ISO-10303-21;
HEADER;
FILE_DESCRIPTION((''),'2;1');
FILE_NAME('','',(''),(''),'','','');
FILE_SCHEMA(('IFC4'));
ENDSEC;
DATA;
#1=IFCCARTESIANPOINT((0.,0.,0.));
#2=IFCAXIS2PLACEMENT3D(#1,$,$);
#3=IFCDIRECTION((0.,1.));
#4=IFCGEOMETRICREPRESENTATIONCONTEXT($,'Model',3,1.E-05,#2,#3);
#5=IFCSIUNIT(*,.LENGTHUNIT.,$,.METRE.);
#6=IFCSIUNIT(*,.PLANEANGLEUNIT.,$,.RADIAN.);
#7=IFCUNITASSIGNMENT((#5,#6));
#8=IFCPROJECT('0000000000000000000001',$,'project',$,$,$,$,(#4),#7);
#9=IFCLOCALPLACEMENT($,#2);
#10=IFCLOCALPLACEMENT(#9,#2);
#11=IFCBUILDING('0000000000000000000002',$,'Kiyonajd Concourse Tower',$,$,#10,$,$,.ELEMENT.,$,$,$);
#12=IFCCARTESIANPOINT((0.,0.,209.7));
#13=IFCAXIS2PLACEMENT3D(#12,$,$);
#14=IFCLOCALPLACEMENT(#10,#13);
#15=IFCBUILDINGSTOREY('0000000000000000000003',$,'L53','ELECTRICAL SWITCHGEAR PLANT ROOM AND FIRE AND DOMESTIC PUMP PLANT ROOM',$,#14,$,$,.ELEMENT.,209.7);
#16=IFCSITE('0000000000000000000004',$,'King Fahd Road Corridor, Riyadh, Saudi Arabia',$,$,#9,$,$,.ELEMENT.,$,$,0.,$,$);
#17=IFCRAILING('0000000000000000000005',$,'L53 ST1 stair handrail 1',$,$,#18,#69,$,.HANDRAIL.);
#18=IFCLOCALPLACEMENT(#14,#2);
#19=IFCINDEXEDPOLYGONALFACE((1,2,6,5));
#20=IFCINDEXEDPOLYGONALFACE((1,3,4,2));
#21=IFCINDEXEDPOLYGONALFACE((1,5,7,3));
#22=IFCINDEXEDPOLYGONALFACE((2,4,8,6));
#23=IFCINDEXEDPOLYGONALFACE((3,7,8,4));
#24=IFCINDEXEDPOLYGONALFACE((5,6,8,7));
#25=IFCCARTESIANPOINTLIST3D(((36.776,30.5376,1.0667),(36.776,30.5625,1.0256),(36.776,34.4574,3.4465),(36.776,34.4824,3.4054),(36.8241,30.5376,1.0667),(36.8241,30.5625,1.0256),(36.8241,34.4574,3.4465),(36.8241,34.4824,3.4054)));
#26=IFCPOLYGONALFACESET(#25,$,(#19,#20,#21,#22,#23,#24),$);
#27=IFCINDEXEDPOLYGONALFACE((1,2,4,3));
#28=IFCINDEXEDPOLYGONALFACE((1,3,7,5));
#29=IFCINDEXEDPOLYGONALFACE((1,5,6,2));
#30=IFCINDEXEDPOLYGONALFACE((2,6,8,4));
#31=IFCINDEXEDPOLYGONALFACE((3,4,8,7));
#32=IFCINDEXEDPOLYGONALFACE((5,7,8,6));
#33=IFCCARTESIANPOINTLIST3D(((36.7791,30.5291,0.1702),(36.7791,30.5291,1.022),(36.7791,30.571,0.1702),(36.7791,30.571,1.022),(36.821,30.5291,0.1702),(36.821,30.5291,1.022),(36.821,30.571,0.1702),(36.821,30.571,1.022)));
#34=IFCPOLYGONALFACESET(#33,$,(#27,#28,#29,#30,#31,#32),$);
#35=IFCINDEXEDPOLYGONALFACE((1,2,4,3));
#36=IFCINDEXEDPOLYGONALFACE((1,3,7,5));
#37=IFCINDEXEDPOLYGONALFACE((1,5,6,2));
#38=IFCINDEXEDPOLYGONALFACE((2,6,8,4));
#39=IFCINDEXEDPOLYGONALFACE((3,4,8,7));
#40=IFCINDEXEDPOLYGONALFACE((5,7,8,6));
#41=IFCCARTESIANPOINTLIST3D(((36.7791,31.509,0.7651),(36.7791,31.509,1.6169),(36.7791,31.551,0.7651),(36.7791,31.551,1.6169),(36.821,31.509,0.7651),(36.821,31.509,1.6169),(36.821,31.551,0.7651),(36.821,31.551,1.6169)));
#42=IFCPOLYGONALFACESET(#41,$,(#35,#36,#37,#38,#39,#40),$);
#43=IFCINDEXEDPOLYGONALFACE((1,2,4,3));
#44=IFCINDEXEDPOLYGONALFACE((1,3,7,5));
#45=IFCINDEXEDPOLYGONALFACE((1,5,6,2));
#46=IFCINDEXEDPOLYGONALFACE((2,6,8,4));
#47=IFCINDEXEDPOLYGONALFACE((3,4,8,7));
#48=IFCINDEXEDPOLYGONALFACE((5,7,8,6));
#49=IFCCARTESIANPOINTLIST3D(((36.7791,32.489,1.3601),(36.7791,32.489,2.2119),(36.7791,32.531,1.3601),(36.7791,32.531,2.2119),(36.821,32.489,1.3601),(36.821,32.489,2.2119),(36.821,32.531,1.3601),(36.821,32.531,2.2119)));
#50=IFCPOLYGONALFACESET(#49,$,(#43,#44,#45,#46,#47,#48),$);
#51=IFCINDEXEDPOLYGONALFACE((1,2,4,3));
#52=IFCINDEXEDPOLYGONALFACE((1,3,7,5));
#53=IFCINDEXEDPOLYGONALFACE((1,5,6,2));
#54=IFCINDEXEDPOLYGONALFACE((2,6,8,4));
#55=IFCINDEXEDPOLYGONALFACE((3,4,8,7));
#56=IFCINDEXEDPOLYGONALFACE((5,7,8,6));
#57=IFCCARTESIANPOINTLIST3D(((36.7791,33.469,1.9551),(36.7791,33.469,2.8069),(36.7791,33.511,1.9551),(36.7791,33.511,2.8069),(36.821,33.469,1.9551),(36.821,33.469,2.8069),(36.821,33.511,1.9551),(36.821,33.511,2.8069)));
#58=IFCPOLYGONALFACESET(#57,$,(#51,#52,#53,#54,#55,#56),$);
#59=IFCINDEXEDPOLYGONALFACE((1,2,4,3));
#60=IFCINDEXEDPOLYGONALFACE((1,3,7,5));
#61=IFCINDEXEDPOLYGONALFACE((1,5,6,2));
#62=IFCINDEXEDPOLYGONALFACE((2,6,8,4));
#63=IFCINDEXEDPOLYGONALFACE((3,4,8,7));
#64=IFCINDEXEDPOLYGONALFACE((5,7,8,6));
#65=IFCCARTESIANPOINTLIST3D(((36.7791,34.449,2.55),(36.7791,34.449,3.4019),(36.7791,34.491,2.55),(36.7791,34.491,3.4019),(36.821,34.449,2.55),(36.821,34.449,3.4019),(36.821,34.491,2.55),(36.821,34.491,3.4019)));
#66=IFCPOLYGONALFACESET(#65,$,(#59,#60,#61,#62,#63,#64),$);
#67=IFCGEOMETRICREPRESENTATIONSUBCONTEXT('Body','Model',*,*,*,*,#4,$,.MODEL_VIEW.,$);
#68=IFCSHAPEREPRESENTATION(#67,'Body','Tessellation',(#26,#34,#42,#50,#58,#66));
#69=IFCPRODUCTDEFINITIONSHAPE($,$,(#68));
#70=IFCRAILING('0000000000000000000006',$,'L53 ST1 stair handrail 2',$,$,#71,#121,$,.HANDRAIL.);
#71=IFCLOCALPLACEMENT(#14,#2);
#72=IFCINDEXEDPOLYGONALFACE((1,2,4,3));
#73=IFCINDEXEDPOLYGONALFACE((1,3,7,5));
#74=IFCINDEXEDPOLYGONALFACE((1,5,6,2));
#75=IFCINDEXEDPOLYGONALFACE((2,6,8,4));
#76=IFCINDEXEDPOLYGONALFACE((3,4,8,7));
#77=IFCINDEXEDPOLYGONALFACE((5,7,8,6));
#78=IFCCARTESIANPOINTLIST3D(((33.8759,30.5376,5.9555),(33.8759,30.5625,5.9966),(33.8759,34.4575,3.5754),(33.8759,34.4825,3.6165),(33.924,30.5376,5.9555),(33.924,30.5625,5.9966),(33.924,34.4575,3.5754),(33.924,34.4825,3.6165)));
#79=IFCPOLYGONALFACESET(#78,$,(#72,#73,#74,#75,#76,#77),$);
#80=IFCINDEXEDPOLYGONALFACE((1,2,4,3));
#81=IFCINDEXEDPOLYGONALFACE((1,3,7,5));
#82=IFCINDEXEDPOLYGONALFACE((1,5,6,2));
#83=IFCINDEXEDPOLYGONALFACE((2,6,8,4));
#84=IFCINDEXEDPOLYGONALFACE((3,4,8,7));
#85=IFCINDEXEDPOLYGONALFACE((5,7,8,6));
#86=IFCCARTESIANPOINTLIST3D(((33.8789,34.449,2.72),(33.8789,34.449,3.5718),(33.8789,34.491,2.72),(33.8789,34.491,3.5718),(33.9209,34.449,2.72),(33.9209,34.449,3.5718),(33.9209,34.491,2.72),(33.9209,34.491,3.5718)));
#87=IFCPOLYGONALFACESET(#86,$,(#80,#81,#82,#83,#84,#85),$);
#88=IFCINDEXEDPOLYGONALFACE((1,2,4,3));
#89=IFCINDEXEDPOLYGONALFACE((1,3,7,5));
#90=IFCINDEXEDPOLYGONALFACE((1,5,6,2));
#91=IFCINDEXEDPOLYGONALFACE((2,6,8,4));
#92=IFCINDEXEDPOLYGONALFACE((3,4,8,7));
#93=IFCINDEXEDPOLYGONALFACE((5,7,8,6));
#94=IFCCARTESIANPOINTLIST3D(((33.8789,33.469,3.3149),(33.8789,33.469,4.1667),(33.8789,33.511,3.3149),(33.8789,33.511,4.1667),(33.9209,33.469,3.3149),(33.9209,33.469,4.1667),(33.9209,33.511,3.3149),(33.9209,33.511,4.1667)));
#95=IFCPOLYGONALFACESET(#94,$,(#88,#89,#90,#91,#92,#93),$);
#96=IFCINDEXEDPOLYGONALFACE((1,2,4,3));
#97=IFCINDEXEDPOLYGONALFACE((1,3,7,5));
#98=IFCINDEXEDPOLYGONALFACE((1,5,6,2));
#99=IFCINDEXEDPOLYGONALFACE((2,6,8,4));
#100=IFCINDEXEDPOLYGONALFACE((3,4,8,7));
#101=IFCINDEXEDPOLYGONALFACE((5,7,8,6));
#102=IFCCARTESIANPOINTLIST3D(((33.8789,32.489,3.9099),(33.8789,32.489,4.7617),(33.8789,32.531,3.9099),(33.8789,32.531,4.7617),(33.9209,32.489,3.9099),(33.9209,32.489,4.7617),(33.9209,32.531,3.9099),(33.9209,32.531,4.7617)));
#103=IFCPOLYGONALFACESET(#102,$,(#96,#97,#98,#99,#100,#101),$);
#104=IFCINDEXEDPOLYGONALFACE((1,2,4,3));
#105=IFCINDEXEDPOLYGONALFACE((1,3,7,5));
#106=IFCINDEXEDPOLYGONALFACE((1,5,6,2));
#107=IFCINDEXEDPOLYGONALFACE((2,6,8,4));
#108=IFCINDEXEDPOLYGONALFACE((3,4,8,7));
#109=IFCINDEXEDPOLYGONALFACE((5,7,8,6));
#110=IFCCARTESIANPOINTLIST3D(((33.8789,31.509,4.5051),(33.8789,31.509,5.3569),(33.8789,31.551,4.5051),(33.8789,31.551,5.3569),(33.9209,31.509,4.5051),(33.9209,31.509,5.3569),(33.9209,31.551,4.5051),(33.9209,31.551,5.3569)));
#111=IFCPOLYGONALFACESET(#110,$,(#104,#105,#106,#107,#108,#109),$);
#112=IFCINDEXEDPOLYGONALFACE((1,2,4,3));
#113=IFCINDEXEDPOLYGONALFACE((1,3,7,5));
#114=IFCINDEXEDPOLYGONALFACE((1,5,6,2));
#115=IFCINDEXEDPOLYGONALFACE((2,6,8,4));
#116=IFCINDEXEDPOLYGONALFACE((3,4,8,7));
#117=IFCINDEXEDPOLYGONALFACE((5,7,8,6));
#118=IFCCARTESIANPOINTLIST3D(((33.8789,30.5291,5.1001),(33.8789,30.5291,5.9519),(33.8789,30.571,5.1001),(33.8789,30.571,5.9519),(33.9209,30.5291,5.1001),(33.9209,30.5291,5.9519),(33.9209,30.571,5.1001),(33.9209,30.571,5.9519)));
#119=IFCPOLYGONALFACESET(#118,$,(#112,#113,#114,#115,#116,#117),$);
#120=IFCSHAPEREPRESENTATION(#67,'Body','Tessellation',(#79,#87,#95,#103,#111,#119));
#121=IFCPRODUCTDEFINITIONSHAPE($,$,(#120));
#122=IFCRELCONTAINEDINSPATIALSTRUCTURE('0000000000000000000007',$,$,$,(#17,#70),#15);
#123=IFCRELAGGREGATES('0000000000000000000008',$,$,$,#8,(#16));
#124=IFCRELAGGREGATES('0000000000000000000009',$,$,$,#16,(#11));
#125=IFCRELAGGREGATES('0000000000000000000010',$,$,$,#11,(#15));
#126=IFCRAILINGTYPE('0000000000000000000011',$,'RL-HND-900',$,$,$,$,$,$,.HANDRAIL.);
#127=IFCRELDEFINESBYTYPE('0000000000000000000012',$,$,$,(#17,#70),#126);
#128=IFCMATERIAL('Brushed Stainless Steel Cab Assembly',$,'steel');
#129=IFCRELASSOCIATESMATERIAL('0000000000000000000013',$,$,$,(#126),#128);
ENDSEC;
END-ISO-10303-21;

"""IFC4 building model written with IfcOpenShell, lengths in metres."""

from ifc_helpers import new_model, si_unit, direction, frame, origin, origin_2d, place, context, subcontext, project, spatial, rectangle, extrude, material, type_object, element, save


model = new_model("IFC4")

# Units and contexts
model_context = context("Model", 3, precision=1e-05, world=origin(), true_north=direction((0.0, 1.0)))
body_context = subcontext(model_context, "Body", "Model", "MODEL_VIEW")
ifc_project = project(units=[si_unit("LENGTHUNIT", "METRE"), si_unit("PLANEANGLEUNIT", "RADIAN")], contexts=[model_context])

# Site, building, storey
site_placement = place(None, origin())
site = spatial("IfcSite", under=ifc_project, at=site_placement, Name="King Fahd Road Corridor, Riyadh, Saudi Arabia", CompositionType="ELEMENT", RefElevation=0.0)
building_placement = place(site_placement, origin())
building = spatial("IfcBuilding", under=site, at=building_placement, Name="Kiyonajd Concourse Tower", CompositionType="ELEMENT")
storey_placement = place(building_placement, frame((0.0, 0.0, 209.7)))
storey = spatial("IfcBuildingStorey", under=building, at=storey_placement, Name="L53", Description="ELECTRICAL SWITCHGEAR PLANT ROOM AND FIRE AND DOMESTIC PUMP PLANT ROOM", CompositionType="ELEMENT", Elevation=209.7)

# Shared definitions
ifc_material_1 = material(Name="Brushed Stainless Steel Cab Assembly", Category="steel")

# Railings
railing_type_1 = type_object("IfcRailingType", Name="RL-HND-900", PredefinedType="HANDRAIL", material=ifc_material_1)
railing_1_placement = place(storey_placement, frame((36.8, 30.55, 0.1702)))
element("IfcRailing", 1, at=railing_1_placement, inside=storey, type_object=railing_type_1, Name="L53 ST1 stair handrail 1", PredefinedType="HANDRAIL", context=body_context, shape_type="SweptSolid", body=[
    extrude(rectangle(XDim=0.0481, YDim=0.0481, at=origin_2d()), frame((0.0, 0.0, 0.876), z_axis=(0.0, 0.854794, 0.518967), x_axis=(-1.0, 0.0, 0.0)), (0.0, 0.0, 1.0), 4.5857),
    extrude(rectangle(XDim=0.042, YDim=0.042, at=origin_2d()), origin(), (0.0, 0.0, 1.0), 0.8518),
    extrude(rectangle(XDim=0.042, YDim=0.042, at=origin_2d()), frame((0.0, 0.98, 0.595)), (0.0, 0.0, 1.0), 0.8518),
    extrude(rectangle(XDim=0.042, YDim=0.042, at=origin_2d()), frame((0.0, 1.96, 1.1899)), (0.0, 0.0, 1.0), 0.8518),
    extrude(rectangle(XDim=0.042, YDim=0.042, at=origin_2d()), frame((0.0, 2.9399, 1.7849)), (0.0, 0.0, 1.0), 0.8518),
    extrude(rectangle(XDim=0.042, YDim=0.042, at=origin_2d()), frame((0.0, 3.9199, 2.3799)), (0.0, 0.0, 1.0), 0.8518),
])
railing_2_placement = place(storey_placement, frame((33.8999, 34.47, 2.72)))
element("IfcRailing", 2, at=railing_2_placement, inside=storey, type_object=railing_type_1, Name="L53 ST1 stair handrail 2", PredefinedType="HANDRAIL", context=body_context, shape_type="SweptSolid", body=[
    extrude(rectangle(XDim=0.0481, YDim=0.0481, at=origin_2d()), frame((0.0, 0.0, 0.876), z_axis=(0.0, -0.854771, 0.519006), x_axis=(1.0, 0.0, 0.0)), (0.0, 0.0, 1.0), 4.5859),
    extrude(rectangle(XDim=0.042, YDim=0.042, at=origin_2d()), origin(), (0.0, 0.0, 1.0), 0.8518),
    extrude(rectangle(XDim=0.042, YDim=0.042, at=origin_2d()), frame((0.0, -0.98, 0.595)), (0.0, 0.0, 1.0), 0.8518),
    extrude(rectangle(XDim=0.042, YDim=0.042, at=origin_2d()), frame((0.0, -1.96, 1.1899)), (0.0, 0.0, 1.0), 0.8518),
    extrude(rectangle(XDim=0.042, YDim=0.042, at=origin_2d()), frame((0.0, -2.9399, 1.7852)), (0.0, 0.0, 1.0), 0.8518),
    extrude(rectangle(XDim=0.042, YDim=0.042, at=origin_2d()), frame((0.0, -3.9199, 2.3801)), (0.0, 0.0, 1.0), 0.8518),
])

save(model, "model.ifc")
